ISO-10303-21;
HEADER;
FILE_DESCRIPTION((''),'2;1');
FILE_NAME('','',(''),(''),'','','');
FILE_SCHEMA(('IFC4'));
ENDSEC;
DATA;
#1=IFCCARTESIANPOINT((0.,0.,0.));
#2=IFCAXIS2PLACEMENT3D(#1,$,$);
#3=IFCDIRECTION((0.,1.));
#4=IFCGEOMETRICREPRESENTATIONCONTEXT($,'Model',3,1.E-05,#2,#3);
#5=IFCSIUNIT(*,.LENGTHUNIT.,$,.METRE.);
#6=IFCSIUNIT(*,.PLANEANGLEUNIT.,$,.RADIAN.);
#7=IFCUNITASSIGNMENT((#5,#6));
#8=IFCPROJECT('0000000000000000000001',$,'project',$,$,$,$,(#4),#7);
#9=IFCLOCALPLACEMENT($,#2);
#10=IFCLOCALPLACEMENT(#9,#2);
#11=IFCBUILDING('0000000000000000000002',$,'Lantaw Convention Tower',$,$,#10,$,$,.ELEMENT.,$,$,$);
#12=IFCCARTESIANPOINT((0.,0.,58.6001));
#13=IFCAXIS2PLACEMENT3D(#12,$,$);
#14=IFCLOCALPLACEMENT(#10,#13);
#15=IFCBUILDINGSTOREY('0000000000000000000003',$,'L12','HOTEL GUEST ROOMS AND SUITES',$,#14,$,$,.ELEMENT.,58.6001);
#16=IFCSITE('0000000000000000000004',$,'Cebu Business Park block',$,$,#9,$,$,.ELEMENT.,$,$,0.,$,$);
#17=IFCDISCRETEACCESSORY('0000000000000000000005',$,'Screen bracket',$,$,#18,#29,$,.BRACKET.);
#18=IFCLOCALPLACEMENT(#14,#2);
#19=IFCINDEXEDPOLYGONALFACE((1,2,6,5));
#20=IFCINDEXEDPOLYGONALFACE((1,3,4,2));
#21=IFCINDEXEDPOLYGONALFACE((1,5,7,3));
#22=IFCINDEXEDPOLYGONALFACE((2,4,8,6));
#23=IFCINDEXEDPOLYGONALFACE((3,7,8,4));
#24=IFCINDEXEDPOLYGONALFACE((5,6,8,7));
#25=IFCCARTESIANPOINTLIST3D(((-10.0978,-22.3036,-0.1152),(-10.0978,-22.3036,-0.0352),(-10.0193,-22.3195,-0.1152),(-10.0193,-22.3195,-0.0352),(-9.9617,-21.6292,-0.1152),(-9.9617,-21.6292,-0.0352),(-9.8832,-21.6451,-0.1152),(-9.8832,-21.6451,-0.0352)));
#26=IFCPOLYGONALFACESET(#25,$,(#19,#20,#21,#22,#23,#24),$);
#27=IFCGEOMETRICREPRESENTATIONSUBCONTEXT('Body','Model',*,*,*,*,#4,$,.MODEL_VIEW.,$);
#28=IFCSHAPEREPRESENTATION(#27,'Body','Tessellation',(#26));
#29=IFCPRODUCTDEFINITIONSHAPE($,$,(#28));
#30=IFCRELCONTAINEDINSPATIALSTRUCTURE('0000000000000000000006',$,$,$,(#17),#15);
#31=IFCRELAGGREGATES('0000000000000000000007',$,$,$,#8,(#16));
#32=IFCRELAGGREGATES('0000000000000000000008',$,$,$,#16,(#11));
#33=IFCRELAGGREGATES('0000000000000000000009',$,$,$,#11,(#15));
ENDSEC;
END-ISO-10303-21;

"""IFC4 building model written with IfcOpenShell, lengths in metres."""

from ifc_helpers import new_model, si_unit, direction, frame, origin, origin_2d, place, context, subcontext, project, spatial, rectangle, extrude, element, save


model = new_model("IFC4")

# Units and contexts
model_context = context("Model", 3, precision=1e-05, world=origin(), true_north=direction((0.0, 1.0)))
body_context = subcontext(model_context, "Body", "Model", "MODEL_VIEW")
ifc_project = project(units=[si_unit("LENGTHUNIT", "METRE"), si_unit("PLANEANGLEUNIT", "RADIAN")], contexts=[model_context])

# Site, building, storey
site_placement = place(None, origin())
site = spatial("IfcSite", under=ifc_project, at=site_placement, Name="Cebu Business Park block", CompositionType="ELEMENT", RefElevation=0.0)
building_placement = place(site_placement, origin())
building = spatial("IfcBuilding", under=site, at=building_placement, Name="Lantaw Convention Tower", CompositionType="ELEMENT")
storey_placement = place(building_placement, frame((0.0, 0.0, 58.6001)))
storey = spatial("IfcBuildingStorey", under=building, at=storey_placement, Name="L12", Description="HOTEL GUEST ROOMS AND SUITES", CompositionType="ELEMENT", Elevation=58.6001)

# Discrete accessory
discrete_accessory_placement = place(storey_placement, frame((-9.9905, -21.9744, -0.1152), z_axis=(0.0, 0.0, 1.0), x_axis=(0.980245, -0.197789, 0.0)))
element("IfcDiscreteAccessory", 1, at=discrete_accessory_placement, inside=storey, Name="Screen bracket", PredefinedType="BRACKET", context=body_context, shape_type="SweptSolid", body=[
    extrude(rectangle(XDim=0.0801, YDim=0.688, at=origin_2d()), origin(), (0.0, 0.0, 1.0), 0.0801),
])

save(model, "model.ifc")
